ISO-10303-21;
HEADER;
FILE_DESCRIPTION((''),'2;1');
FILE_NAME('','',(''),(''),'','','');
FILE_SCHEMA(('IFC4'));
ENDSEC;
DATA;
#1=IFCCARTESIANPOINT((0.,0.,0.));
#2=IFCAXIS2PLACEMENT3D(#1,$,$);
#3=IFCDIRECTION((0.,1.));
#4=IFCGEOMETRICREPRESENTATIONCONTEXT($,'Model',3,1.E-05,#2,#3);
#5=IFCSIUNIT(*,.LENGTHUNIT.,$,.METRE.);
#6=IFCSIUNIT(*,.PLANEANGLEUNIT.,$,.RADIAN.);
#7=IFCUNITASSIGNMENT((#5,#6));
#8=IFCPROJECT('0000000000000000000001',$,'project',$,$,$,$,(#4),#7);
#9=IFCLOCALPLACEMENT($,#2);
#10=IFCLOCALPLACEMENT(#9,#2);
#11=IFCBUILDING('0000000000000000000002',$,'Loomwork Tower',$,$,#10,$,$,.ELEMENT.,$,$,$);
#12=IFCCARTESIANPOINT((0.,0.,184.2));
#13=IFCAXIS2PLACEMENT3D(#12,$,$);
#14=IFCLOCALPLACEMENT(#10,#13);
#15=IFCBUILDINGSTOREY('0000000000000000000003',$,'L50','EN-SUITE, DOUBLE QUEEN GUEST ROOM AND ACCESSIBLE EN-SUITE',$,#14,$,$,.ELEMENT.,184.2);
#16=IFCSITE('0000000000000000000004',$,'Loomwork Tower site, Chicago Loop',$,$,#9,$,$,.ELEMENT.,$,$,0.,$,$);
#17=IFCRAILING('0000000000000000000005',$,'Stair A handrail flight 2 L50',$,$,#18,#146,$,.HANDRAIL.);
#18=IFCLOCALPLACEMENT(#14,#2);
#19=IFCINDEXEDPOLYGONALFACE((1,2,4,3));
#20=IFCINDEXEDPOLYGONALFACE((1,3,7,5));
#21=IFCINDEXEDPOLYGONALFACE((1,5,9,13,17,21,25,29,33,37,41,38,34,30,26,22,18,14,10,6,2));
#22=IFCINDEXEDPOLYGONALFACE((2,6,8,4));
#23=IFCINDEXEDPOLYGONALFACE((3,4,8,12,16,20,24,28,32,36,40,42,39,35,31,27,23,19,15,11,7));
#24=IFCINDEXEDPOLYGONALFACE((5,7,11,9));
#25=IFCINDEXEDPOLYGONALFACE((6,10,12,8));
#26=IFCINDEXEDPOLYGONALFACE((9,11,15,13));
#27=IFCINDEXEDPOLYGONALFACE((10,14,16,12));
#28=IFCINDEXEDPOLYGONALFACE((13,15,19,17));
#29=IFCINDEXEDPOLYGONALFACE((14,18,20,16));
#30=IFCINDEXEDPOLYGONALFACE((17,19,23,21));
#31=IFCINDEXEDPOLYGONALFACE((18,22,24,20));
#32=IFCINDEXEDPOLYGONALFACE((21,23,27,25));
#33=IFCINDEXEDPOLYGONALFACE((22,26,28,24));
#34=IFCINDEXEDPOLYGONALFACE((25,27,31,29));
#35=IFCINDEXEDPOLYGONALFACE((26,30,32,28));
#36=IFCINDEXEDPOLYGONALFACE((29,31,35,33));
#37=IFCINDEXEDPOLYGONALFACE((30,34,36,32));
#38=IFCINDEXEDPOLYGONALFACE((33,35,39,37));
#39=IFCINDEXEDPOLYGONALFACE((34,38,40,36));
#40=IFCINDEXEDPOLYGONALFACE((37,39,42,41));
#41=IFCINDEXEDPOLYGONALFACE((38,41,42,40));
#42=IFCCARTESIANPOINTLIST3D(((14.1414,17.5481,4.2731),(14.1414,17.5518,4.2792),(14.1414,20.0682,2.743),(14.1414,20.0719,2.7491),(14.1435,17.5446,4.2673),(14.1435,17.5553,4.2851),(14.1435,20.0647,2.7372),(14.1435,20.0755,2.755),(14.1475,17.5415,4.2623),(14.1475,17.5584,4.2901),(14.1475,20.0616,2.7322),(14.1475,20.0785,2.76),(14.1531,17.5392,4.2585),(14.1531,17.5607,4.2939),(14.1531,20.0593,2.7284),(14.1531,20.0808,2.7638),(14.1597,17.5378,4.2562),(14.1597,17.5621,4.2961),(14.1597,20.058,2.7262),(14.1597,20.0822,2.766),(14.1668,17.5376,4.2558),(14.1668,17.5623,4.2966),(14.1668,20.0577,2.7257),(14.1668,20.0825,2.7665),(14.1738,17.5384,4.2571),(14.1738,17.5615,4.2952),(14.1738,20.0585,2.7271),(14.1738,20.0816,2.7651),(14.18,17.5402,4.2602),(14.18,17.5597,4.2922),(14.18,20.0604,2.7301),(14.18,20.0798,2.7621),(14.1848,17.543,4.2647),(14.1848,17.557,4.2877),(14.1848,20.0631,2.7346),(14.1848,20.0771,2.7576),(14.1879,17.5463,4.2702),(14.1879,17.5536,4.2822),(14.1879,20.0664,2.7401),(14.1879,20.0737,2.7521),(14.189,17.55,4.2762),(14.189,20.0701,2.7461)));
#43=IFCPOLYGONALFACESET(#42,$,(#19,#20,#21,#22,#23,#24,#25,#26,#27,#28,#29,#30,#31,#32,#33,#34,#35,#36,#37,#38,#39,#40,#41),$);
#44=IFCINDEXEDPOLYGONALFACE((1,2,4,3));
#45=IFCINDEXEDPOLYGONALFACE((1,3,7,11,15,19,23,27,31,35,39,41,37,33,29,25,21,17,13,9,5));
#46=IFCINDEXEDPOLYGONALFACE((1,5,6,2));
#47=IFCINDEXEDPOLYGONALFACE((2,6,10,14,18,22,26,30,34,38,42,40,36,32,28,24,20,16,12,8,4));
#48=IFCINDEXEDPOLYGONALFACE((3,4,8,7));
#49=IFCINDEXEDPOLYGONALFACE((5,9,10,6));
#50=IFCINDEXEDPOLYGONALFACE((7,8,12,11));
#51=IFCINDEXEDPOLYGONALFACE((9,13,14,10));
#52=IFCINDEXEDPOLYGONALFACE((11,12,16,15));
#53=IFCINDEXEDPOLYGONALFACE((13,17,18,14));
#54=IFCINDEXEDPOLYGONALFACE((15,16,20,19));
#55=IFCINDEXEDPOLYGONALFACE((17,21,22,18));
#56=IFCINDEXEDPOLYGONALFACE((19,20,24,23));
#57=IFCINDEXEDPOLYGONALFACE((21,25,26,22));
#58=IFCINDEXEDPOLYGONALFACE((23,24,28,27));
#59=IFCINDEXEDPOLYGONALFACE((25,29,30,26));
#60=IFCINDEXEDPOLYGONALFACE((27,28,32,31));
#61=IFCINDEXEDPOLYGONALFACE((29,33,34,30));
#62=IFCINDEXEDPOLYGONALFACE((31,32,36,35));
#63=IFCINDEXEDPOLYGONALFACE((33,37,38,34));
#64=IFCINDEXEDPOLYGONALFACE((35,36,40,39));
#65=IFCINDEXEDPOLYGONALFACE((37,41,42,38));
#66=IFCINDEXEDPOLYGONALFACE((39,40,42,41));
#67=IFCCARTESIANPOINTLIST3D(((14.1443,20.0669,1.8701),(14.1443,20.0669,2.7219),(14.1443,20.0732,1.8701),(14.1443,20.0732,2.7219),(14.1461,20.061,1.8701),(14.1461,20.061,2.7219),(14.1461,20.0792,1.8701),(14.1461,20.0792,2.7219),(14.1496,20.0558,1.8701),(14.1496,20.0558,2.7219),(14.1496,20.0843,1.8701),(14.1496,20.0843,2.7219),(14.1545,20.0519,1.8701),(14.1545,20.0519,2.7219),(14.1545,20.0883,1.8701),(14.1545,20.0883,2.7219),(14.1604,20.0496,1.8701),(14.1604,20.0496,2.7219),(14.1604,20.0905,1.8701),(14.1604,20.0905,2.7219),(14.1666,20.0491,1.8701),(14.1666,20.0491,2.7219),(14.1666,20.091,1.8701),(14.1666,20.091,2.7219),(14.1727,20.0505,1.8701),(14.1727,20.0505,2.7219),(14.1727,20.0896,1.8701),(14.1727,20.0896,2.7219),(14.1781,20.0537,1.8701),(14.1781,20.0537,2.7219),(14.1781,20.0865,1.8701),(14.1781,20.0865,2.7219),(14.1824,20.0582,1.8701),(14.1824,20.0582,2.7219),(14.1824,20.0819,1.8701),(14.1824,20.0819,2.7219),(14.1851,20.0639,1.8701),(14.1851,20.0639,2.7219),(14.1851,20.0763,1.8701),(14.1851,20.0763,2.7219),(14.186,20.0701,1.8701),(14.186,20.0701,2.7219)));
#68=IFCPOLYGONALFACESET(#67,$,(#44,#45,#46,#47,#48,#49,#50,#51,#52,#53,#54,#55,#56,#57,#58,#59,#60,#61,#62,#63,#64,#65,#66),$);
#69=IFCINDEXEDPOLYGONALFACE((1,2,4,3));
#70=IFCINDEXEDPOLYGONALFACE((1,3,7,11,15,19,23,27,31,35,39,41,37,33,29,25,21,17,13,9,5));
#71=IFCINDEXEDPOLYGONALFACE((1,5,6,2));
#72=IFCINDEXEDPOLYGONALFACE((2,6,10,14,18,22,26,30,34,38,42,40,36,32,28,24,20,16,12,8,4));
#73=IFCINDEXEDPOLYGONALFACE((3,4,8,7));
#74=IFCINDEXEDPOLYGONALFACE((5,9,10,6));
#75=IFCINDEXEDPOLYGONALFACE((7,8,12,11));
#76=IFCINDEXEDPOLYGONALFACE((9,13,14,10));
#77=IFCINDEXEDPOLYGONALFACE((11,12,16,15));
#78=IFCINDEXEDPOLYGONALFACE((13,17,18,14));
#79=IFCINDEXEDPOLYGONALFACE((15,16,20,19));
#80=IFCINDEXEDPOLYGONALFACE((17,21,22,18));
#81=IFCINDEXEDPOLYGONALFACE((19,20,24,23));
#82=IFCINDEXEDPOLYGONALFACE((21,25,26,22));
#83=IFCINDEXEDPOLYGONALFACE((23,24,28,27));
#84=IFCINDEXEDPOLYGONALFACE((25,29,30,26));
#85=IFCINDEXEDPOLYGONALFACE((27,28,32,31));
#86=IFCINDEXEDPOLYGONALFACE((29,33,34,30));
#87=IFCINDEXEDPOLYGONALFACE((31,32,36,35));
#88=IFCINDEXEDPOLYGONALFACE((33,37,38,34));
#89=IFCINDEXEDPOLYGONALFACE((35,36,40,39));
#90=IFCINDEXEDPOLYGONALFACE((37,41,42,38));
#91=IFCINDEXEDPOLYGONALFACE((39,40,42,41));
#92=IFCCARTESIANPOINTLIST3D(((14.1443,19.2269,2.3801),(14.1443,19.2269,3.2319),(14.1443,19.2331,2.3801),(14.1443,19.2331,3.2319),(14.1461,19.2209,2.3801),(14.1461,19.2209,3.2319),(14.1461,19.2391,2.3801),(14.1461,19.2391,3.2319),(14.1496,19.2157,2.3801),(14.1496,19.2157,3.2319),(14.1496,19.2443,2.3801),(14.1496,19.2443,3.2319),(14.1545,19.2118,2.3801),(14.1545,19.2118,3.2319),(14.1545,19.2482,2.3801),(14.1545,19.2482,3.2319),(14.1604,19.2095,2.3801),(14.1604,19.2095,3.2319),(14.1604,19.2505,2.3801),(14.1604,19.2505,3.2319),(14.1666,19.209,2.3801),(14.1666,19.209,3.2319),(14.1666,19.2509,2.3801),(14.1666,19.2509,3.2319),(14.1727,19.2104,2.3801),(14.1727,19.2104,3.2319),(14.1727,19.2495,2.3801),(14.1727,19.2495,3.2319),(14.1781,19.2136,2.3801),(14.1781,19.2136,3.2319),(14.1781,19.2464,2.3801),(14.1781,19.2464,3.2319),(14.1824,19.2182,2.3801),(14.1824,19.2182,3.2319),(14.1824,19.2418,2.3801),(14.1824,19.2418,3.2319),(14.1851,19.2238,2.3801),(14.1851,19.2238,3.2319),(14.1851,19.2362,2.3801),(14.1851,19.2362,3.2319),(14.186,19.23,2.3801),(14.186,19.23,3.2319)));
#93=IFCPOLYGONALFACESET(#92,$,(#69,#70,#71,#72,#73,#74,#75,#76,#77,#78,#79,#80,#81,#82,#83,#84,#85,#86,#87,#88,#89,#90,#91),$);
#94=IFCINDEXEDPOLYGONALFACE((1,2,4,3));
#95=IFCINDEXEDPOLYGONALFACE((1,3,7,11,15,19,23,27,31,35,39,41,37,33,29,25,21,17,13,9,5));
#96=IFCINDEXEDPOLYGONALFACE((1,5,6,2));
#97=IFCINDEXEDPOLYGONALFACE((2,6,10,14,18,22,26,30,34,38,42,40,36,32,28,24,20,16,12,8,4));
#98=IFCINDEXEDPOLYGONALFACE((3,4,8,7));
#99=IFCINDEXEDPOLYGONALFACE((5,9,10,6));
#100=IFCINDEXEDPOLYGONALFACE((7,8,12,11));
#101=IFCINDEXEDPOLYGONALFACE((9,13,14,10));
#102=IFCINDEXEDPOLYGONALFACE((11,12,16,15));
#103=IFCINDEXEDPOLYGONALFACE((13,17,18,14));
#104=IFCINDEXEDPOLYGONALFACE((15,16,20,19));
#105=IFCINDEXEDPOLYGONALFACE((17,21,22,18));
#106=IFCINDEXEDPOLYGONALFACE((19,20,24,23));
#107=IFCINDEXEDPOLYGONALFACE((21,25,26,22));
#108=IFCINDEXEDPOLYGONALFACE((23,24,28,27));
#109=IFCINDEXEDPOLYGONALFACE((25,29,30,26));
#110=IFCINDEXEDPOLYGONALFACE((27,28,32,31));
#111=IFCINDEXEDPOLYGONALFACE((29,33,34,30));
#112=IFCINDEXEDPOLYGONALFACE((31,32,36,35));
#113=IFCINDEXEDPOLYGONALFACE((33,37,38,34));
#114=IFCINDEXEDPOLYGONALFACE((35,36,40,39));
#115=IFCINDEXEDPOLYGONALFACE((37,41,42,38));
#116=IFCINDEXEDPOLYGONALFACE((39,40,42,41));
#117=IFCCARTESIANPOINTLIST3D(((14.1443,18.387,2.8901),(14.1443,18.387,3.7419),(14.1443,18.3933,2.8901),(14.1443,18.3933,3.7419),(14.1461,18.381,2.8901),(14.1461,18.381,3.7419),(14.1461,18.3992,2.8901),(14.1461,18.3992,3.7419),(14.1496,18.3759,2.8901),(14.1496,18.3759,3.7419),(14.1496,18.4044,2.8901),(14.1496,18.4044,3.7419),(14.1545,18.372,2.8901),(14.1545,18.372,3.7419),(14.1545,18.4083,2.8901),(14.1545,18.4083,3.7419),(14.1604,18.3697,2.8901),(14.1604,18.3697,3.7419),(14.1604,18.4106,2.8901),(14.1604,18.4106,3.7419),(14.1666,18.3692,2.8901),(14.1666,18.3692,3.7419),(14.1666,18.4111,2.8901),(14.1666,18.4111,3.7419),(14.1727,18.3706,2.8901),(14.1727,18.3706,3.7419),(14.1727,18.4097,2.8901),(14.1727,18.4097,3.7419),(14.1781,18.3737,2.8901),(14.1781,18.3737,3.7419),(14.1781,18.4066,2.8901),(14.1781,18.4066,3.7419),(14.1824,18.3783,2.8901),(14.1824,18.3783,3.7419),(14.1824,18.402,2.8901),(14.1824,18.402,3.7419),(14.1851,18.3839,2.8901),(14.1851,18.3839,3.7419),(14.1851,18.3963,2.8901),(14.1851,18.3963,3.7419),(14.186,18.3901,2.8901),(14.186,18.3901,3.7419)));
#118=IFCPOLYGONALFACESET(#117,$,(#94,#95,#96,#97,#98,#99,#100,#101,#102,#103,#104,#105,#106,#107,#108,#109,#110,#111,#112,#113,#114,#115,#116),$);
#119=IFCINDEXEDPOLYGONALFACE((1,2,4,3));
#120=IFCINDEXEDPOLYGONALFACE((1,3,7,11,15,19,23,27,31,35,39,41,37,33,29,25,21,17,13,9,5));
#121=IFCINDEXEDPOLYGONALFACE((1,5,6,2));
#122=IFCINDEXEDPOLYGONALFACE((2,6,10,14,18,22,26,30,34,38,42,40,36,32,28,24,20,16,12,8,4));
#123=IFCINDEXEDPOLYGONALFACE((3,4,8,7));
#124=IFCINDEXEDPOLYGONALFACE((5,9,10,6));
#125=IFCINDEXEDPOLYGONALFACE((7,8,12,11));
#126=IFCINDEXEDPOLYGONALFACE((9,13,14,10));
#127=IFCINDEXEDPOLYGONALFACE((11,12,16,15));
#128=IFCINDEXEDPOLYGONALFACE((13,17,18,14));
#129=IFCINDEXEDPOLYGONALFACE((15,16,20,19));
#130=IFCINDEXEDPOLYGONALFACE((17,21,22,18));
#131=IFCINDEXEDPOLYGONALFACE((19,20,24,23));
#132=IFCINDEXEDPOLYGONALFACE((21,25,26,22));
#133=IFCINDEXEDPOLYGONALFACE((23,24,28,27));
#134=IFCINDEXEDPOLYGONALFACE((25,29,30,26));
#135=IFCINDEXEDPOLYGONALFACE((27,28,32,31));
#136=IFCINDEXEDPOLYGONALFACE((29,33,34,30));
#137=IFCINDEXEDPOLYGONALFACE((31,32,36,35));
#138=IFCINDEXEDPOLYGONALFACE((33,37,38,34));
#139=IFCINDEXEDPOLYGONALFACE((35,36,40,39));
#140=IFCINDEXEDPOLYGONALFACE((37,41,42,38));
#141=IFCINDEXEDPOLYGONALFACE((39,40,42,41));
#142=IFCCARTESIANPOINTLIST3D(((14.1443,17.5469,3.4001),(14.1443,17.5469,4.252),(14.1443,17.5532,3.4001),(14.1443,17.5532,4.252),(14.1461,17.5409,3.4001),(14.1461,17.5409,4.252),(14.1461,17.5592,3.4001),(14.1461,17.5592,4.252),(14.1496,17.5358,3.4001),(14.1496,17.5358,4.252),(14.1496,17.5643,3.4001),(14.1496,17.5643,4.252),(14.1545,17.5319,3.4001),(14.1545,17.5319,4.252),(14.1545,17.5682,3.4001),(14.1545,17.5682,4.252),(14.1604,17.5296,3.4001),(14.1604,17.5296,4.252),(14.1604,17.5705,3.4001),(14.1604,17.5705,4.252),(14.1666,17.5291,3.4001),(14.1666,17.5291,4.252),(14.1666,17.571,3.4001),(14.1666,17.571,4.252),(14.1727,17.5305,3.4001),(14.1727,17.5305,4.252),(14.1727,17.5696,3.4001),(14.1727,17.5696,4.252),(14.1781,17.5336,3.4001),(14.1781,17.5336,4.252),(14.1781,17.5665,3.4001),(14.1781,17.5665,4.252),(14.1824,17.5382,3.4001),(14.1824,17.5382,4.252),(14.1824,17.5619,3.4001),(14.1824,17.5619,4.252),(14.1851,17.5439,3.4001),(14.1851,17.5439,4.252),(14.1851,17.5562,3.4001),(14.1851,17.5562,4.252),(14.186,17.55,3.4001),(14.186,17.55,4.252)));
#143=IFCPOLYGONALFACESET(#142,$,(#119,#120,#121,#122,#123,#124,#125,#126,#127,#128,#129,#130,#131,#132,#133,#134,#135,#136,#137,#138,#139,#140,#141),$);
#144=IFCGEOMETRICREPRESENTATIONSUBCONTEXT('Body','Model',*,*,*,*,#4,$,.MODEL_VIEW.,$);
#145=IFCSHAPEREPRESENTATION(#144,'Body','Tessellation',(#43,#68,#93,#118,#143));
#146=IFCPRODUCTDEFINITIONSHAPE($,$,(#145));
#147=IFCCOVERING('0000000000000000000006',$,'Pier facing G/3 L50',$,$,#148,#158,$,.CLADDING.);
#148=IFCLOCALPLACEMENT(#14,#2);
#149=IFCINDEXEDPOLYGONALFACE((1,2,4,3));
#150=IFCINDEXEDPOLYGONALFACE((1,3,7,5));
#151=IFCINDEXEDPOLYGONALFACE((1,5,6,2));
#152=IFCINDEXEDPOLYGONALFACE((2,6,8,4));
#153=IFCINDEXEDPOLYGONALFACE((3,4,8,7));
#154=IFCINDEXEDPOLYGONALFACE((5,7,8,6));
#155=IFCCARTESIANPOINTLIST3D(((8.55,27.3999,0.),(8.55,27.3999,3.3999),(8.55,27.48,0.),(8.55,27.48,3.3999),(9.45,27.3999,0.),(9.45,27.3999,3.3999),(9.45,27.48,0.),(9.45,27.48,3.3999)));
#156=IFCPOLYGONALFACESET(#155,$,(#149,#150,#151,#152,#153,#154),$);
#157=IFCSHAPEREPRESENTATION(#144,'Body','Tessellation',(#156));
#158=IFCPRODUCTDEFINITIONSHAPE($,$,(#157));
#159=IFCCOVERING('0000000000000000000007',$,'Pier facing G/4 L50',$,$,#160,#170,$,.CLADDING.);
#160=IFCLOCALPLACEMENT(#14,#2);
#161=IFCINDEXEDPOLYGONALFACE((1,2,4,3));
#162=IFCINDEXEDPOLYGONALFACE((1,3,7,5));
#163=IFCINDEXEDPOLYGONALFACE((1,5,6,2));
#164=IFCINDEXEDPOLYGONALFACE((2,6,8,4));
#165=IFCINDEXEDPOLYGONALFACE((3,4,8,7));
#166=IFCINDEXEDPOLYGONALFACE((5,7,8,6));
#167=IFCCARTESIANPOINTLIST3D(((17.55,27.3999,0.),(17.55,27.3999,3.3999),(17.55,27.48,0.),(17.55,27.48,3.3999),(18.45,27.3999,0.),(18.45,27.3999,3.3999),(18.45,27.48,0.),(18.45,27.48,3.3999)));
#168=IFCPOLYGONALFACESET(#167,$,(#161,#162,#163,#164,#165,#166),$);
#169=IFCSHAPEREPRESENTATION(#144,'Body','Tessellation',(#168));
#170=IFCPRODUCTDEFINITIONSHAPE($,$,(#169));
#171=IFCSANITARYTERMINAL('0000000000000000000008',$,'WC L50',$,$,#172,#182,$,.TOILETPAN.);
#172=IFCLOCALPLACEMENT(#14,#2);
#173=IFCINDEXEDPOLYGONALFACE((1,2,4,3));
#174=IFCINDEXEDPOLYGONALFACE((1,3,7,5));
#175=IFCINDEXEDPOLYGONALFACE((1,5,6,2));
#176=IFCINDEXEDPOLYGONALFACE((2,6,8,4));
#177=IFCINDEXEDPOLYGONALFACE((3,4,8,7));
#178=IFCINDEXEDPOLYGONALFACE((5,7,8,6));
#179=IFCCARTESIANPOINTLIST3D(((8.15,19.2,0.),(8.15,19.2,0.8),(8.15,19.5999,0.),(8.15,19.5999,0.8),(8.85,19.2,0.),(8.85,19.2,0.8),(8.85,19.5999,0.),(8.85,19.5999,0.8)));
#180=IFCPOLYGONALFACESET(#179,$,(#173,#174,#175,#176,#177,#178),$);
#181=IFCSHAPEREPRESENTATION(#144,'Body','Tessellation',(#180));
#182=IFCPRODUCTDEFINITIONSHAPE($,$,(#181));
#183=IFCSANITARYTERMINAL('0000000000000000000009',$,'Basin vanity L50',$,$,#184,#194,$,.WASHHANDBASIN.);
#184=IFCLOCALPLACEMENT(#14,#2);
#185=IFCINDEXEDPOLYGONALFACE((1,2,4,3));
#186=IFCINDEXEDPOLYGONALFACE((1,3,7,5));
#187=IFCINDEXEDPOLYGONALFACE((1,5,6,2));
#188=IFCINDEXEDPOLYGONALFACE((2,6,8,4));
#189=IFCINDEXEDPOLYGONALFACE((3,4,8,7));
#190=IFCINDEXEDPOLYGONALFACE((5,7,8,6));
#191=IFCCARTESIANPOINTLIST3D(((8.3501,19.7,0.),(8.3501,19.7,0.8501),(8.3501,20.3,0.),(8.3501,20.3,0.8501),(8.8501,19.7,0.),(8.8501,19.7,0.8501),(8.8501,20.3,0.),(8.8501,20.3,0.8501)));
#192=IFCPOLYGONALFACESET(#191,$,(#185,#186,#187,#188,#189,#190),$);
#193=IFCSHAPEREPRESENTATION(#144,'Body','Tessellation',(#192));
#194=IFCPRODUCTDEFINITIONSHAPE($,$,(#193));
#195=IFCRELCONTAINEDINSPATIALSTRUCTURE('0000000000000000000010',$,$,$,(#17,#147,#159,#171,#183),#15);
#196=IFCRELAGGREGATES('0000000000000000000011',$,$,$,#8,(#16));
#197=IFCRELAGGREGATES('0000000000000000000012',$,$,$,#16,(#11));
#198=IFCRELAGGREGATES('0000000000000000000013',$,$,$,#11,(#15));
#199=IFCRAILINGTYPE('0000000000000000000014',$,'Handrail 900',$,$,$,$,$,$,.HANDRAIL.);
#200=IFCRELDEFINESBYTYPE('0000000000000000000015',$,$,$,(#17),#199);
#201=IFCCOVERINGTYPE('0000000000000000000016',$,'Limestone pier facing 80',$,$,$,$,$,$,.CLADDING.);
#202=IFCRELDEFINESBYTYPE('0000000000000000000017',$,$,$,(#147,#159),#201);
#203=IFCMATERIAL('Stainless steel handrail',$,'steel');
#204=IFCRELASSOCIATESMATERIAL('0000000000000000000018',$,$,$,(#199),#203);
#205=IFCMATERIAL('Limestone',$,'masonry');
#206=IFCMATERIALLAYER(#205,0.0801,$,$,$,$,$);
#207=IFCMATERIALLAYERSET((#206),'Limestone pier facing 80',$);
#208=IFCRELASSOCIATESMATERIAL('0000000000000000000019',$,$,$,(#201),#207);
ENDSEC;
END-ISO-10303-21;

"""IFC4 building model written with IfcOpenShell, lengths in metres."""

from ifc_helpers import new_model, si_unit, direction, frame, origin, origin_2d, place, context, subcontext, project, spatial, rectangle, circle, extrude, material, layer, layer_set, type_object, element, save


model = new_model("IFC4")

# Units and contexts
model_context = context("Model", 3, precision=1e-05, world=origin(), true_north=direction((0.0, 1.0)))
body_context = subcontext(model_context, "Body", "Model", "MODEL_VIEW")
ifc_project = project(units=[si_unit("LENGTHUNIT", "METRE"), si_unit("PLANEANGLEUNIT", "RADIAN")], contexts=[model_context])

# Site, building, storey
site_placement = place(None, origin())
site = spatial("IfcSite", under=ifc_project, at=site_placement, Name="Loomwork Tower site, Chicago Loop", CompositionType="ELEMENT", RefElevation=0.0)
building_placement = place(site_placement, origin())
building = spatial("IfcBuilding", under=site, at=building_placement, Name="Loomwork Tower", CompositionType="ELEMENT")
storey_placement = place(building_placement, frame((0.0, 0.0, 184.2)))
storey = spatial("IfcBuildingStorey", under=building, at=storey_placement, Name="L50", Description="EN-SUITE, DOUBLE QUEEN GUEST ROOM AND ACCESSIBLE EN-SUITE", CompositionType="ELEMENT", Elevation=184.2)

# Railing
ifc_material_1 = material(Name="Stainless steel handrail", Category="steel")
railing_type = type_object("IfcRailingType", Name="Handrail 900", PredefinedType="HANDRAIL", material=ifc_material_1)
railing_placement = place(storey_placement, frame((14.165, 20.0701, 1.8701)))
element("IfcRailing", 1, at=railing_placement, inside=storey, type_object=railing_type, Name="Stair A handrail flight 2 L50", PredefinedType="HANDRAIL", context=body_context, shape_type="SweptSolid", body=[
    extrude(circle(Radius=0.0239, at=origin_2d()), frame((0.0, 0.0, 0.876), z_axis=(0.0, -0.854785, 0.518982), x_axis=(1.0, 0.0, 0.0)), (0.0, 0.0, 1.0), 2.9482),
    extrude(circle(Radius=0.021, at=origin_2d()), origin(), (0.0, 0.0, 1.0), 0.8518),
    extrude(circle(Radius=0.021, at=origin_2d()), frame((0.0, -0.8401, 0.51)), (0.0, 0.0, 1.0), 0.8518),
    extrude(circle(Radius=0.021, at=origin_2d()), frame((0.0, -1.6799, 1.02)), (0.0, 0.0, 1.0), 0.8518),
    extrude(circle(Radius=0.021, at=origin_2d()), frame((0.0, -2.52, 1.53)), (0.0, 0.0, 1.0), 0.8518),
])

# Coverings
ifc_material_2 = material(Name="Limestone", Category="masonry")
ifc_layer_1 = layer(ifc_material_2, 0.0801)
ifc_layer_set_1 = layer_set([ifc_layer_1], Name="Limestone pier facing 80")
covering_type = type_object("IfcCoveringType", Name="Limestone pier facing 80", PredefinedType="CLADDING", material=ifc_layer_set_1)
for number, where, z_axis, x_axis, name in (
    (2, (9.0, 27.4399, 0.0), (0.0, 0.0, 1.0), (1.0, 0.0, 0.0), "Pier facing G/3 L50"),
    (3, (18.0, 27.4399, 0.0), (0.0, 0.0, 1.0), (1.0, 0.0, 0.0), "Pier facing G/4 L50"),
):
    element("IfcCovering", number, at=place(storey_placement, frame(where, z_axis=z_axis, x_axis=x_axis)), inside=storey, type_object=covering_type, Name=name, PredefinedType="CLADDING", context=body_context, shape_type="SweptSolid", body=[
        extrude(rectangle(XDim=0.8999, YDim=0.0801, at=origin_2d()), origin(), (0.0, 0.0, 1.0), 3.3999),
    ])

# Sanitary terminals
sanitary_terminal_1_placement = place(storey_placement, frame((8.5, 19.3999, 0.0), z_axis=(0.0, 0.0, 1.0), x_axis=(1.0, 0.0, 0.0)))
element("IfcSanitaryTerminal", 4, at=sanitary_terminal_1_placement, inside=storey, Name="WC L50", PredefinedType="TOILETPAN", context=body_context, shape_type="SweptSolid", body=[
    extrude(rectangle(XDim=0.7, YDim=0.3999, at=origin_2d()), origin(), (0.0, 0.0, 1.0), 0.8),
])
sanitary_terminal_2_placement = place(storey_placement, frame((8.6001, 20.0, 0.0), z_axis=(0.0, 0.0, 1.0), x_axis=(1.0, 0.0, 0.0)))
element("IfcSanitaryTerminal", 5, at=sanitary_terminal_2_placement, inside=storey, Name="Basin vanity L50", PredefinedType="WASHHANDBASIN", context=body_context, shape_type="SweptSolid", body=[
    extrude(rectangle(XDim=0.5, YDim=0.6001, at=origin_2d()), origin(), (0.0, 0.0, 1.0), 0.8501),
])

save(model, "model.ifc")
